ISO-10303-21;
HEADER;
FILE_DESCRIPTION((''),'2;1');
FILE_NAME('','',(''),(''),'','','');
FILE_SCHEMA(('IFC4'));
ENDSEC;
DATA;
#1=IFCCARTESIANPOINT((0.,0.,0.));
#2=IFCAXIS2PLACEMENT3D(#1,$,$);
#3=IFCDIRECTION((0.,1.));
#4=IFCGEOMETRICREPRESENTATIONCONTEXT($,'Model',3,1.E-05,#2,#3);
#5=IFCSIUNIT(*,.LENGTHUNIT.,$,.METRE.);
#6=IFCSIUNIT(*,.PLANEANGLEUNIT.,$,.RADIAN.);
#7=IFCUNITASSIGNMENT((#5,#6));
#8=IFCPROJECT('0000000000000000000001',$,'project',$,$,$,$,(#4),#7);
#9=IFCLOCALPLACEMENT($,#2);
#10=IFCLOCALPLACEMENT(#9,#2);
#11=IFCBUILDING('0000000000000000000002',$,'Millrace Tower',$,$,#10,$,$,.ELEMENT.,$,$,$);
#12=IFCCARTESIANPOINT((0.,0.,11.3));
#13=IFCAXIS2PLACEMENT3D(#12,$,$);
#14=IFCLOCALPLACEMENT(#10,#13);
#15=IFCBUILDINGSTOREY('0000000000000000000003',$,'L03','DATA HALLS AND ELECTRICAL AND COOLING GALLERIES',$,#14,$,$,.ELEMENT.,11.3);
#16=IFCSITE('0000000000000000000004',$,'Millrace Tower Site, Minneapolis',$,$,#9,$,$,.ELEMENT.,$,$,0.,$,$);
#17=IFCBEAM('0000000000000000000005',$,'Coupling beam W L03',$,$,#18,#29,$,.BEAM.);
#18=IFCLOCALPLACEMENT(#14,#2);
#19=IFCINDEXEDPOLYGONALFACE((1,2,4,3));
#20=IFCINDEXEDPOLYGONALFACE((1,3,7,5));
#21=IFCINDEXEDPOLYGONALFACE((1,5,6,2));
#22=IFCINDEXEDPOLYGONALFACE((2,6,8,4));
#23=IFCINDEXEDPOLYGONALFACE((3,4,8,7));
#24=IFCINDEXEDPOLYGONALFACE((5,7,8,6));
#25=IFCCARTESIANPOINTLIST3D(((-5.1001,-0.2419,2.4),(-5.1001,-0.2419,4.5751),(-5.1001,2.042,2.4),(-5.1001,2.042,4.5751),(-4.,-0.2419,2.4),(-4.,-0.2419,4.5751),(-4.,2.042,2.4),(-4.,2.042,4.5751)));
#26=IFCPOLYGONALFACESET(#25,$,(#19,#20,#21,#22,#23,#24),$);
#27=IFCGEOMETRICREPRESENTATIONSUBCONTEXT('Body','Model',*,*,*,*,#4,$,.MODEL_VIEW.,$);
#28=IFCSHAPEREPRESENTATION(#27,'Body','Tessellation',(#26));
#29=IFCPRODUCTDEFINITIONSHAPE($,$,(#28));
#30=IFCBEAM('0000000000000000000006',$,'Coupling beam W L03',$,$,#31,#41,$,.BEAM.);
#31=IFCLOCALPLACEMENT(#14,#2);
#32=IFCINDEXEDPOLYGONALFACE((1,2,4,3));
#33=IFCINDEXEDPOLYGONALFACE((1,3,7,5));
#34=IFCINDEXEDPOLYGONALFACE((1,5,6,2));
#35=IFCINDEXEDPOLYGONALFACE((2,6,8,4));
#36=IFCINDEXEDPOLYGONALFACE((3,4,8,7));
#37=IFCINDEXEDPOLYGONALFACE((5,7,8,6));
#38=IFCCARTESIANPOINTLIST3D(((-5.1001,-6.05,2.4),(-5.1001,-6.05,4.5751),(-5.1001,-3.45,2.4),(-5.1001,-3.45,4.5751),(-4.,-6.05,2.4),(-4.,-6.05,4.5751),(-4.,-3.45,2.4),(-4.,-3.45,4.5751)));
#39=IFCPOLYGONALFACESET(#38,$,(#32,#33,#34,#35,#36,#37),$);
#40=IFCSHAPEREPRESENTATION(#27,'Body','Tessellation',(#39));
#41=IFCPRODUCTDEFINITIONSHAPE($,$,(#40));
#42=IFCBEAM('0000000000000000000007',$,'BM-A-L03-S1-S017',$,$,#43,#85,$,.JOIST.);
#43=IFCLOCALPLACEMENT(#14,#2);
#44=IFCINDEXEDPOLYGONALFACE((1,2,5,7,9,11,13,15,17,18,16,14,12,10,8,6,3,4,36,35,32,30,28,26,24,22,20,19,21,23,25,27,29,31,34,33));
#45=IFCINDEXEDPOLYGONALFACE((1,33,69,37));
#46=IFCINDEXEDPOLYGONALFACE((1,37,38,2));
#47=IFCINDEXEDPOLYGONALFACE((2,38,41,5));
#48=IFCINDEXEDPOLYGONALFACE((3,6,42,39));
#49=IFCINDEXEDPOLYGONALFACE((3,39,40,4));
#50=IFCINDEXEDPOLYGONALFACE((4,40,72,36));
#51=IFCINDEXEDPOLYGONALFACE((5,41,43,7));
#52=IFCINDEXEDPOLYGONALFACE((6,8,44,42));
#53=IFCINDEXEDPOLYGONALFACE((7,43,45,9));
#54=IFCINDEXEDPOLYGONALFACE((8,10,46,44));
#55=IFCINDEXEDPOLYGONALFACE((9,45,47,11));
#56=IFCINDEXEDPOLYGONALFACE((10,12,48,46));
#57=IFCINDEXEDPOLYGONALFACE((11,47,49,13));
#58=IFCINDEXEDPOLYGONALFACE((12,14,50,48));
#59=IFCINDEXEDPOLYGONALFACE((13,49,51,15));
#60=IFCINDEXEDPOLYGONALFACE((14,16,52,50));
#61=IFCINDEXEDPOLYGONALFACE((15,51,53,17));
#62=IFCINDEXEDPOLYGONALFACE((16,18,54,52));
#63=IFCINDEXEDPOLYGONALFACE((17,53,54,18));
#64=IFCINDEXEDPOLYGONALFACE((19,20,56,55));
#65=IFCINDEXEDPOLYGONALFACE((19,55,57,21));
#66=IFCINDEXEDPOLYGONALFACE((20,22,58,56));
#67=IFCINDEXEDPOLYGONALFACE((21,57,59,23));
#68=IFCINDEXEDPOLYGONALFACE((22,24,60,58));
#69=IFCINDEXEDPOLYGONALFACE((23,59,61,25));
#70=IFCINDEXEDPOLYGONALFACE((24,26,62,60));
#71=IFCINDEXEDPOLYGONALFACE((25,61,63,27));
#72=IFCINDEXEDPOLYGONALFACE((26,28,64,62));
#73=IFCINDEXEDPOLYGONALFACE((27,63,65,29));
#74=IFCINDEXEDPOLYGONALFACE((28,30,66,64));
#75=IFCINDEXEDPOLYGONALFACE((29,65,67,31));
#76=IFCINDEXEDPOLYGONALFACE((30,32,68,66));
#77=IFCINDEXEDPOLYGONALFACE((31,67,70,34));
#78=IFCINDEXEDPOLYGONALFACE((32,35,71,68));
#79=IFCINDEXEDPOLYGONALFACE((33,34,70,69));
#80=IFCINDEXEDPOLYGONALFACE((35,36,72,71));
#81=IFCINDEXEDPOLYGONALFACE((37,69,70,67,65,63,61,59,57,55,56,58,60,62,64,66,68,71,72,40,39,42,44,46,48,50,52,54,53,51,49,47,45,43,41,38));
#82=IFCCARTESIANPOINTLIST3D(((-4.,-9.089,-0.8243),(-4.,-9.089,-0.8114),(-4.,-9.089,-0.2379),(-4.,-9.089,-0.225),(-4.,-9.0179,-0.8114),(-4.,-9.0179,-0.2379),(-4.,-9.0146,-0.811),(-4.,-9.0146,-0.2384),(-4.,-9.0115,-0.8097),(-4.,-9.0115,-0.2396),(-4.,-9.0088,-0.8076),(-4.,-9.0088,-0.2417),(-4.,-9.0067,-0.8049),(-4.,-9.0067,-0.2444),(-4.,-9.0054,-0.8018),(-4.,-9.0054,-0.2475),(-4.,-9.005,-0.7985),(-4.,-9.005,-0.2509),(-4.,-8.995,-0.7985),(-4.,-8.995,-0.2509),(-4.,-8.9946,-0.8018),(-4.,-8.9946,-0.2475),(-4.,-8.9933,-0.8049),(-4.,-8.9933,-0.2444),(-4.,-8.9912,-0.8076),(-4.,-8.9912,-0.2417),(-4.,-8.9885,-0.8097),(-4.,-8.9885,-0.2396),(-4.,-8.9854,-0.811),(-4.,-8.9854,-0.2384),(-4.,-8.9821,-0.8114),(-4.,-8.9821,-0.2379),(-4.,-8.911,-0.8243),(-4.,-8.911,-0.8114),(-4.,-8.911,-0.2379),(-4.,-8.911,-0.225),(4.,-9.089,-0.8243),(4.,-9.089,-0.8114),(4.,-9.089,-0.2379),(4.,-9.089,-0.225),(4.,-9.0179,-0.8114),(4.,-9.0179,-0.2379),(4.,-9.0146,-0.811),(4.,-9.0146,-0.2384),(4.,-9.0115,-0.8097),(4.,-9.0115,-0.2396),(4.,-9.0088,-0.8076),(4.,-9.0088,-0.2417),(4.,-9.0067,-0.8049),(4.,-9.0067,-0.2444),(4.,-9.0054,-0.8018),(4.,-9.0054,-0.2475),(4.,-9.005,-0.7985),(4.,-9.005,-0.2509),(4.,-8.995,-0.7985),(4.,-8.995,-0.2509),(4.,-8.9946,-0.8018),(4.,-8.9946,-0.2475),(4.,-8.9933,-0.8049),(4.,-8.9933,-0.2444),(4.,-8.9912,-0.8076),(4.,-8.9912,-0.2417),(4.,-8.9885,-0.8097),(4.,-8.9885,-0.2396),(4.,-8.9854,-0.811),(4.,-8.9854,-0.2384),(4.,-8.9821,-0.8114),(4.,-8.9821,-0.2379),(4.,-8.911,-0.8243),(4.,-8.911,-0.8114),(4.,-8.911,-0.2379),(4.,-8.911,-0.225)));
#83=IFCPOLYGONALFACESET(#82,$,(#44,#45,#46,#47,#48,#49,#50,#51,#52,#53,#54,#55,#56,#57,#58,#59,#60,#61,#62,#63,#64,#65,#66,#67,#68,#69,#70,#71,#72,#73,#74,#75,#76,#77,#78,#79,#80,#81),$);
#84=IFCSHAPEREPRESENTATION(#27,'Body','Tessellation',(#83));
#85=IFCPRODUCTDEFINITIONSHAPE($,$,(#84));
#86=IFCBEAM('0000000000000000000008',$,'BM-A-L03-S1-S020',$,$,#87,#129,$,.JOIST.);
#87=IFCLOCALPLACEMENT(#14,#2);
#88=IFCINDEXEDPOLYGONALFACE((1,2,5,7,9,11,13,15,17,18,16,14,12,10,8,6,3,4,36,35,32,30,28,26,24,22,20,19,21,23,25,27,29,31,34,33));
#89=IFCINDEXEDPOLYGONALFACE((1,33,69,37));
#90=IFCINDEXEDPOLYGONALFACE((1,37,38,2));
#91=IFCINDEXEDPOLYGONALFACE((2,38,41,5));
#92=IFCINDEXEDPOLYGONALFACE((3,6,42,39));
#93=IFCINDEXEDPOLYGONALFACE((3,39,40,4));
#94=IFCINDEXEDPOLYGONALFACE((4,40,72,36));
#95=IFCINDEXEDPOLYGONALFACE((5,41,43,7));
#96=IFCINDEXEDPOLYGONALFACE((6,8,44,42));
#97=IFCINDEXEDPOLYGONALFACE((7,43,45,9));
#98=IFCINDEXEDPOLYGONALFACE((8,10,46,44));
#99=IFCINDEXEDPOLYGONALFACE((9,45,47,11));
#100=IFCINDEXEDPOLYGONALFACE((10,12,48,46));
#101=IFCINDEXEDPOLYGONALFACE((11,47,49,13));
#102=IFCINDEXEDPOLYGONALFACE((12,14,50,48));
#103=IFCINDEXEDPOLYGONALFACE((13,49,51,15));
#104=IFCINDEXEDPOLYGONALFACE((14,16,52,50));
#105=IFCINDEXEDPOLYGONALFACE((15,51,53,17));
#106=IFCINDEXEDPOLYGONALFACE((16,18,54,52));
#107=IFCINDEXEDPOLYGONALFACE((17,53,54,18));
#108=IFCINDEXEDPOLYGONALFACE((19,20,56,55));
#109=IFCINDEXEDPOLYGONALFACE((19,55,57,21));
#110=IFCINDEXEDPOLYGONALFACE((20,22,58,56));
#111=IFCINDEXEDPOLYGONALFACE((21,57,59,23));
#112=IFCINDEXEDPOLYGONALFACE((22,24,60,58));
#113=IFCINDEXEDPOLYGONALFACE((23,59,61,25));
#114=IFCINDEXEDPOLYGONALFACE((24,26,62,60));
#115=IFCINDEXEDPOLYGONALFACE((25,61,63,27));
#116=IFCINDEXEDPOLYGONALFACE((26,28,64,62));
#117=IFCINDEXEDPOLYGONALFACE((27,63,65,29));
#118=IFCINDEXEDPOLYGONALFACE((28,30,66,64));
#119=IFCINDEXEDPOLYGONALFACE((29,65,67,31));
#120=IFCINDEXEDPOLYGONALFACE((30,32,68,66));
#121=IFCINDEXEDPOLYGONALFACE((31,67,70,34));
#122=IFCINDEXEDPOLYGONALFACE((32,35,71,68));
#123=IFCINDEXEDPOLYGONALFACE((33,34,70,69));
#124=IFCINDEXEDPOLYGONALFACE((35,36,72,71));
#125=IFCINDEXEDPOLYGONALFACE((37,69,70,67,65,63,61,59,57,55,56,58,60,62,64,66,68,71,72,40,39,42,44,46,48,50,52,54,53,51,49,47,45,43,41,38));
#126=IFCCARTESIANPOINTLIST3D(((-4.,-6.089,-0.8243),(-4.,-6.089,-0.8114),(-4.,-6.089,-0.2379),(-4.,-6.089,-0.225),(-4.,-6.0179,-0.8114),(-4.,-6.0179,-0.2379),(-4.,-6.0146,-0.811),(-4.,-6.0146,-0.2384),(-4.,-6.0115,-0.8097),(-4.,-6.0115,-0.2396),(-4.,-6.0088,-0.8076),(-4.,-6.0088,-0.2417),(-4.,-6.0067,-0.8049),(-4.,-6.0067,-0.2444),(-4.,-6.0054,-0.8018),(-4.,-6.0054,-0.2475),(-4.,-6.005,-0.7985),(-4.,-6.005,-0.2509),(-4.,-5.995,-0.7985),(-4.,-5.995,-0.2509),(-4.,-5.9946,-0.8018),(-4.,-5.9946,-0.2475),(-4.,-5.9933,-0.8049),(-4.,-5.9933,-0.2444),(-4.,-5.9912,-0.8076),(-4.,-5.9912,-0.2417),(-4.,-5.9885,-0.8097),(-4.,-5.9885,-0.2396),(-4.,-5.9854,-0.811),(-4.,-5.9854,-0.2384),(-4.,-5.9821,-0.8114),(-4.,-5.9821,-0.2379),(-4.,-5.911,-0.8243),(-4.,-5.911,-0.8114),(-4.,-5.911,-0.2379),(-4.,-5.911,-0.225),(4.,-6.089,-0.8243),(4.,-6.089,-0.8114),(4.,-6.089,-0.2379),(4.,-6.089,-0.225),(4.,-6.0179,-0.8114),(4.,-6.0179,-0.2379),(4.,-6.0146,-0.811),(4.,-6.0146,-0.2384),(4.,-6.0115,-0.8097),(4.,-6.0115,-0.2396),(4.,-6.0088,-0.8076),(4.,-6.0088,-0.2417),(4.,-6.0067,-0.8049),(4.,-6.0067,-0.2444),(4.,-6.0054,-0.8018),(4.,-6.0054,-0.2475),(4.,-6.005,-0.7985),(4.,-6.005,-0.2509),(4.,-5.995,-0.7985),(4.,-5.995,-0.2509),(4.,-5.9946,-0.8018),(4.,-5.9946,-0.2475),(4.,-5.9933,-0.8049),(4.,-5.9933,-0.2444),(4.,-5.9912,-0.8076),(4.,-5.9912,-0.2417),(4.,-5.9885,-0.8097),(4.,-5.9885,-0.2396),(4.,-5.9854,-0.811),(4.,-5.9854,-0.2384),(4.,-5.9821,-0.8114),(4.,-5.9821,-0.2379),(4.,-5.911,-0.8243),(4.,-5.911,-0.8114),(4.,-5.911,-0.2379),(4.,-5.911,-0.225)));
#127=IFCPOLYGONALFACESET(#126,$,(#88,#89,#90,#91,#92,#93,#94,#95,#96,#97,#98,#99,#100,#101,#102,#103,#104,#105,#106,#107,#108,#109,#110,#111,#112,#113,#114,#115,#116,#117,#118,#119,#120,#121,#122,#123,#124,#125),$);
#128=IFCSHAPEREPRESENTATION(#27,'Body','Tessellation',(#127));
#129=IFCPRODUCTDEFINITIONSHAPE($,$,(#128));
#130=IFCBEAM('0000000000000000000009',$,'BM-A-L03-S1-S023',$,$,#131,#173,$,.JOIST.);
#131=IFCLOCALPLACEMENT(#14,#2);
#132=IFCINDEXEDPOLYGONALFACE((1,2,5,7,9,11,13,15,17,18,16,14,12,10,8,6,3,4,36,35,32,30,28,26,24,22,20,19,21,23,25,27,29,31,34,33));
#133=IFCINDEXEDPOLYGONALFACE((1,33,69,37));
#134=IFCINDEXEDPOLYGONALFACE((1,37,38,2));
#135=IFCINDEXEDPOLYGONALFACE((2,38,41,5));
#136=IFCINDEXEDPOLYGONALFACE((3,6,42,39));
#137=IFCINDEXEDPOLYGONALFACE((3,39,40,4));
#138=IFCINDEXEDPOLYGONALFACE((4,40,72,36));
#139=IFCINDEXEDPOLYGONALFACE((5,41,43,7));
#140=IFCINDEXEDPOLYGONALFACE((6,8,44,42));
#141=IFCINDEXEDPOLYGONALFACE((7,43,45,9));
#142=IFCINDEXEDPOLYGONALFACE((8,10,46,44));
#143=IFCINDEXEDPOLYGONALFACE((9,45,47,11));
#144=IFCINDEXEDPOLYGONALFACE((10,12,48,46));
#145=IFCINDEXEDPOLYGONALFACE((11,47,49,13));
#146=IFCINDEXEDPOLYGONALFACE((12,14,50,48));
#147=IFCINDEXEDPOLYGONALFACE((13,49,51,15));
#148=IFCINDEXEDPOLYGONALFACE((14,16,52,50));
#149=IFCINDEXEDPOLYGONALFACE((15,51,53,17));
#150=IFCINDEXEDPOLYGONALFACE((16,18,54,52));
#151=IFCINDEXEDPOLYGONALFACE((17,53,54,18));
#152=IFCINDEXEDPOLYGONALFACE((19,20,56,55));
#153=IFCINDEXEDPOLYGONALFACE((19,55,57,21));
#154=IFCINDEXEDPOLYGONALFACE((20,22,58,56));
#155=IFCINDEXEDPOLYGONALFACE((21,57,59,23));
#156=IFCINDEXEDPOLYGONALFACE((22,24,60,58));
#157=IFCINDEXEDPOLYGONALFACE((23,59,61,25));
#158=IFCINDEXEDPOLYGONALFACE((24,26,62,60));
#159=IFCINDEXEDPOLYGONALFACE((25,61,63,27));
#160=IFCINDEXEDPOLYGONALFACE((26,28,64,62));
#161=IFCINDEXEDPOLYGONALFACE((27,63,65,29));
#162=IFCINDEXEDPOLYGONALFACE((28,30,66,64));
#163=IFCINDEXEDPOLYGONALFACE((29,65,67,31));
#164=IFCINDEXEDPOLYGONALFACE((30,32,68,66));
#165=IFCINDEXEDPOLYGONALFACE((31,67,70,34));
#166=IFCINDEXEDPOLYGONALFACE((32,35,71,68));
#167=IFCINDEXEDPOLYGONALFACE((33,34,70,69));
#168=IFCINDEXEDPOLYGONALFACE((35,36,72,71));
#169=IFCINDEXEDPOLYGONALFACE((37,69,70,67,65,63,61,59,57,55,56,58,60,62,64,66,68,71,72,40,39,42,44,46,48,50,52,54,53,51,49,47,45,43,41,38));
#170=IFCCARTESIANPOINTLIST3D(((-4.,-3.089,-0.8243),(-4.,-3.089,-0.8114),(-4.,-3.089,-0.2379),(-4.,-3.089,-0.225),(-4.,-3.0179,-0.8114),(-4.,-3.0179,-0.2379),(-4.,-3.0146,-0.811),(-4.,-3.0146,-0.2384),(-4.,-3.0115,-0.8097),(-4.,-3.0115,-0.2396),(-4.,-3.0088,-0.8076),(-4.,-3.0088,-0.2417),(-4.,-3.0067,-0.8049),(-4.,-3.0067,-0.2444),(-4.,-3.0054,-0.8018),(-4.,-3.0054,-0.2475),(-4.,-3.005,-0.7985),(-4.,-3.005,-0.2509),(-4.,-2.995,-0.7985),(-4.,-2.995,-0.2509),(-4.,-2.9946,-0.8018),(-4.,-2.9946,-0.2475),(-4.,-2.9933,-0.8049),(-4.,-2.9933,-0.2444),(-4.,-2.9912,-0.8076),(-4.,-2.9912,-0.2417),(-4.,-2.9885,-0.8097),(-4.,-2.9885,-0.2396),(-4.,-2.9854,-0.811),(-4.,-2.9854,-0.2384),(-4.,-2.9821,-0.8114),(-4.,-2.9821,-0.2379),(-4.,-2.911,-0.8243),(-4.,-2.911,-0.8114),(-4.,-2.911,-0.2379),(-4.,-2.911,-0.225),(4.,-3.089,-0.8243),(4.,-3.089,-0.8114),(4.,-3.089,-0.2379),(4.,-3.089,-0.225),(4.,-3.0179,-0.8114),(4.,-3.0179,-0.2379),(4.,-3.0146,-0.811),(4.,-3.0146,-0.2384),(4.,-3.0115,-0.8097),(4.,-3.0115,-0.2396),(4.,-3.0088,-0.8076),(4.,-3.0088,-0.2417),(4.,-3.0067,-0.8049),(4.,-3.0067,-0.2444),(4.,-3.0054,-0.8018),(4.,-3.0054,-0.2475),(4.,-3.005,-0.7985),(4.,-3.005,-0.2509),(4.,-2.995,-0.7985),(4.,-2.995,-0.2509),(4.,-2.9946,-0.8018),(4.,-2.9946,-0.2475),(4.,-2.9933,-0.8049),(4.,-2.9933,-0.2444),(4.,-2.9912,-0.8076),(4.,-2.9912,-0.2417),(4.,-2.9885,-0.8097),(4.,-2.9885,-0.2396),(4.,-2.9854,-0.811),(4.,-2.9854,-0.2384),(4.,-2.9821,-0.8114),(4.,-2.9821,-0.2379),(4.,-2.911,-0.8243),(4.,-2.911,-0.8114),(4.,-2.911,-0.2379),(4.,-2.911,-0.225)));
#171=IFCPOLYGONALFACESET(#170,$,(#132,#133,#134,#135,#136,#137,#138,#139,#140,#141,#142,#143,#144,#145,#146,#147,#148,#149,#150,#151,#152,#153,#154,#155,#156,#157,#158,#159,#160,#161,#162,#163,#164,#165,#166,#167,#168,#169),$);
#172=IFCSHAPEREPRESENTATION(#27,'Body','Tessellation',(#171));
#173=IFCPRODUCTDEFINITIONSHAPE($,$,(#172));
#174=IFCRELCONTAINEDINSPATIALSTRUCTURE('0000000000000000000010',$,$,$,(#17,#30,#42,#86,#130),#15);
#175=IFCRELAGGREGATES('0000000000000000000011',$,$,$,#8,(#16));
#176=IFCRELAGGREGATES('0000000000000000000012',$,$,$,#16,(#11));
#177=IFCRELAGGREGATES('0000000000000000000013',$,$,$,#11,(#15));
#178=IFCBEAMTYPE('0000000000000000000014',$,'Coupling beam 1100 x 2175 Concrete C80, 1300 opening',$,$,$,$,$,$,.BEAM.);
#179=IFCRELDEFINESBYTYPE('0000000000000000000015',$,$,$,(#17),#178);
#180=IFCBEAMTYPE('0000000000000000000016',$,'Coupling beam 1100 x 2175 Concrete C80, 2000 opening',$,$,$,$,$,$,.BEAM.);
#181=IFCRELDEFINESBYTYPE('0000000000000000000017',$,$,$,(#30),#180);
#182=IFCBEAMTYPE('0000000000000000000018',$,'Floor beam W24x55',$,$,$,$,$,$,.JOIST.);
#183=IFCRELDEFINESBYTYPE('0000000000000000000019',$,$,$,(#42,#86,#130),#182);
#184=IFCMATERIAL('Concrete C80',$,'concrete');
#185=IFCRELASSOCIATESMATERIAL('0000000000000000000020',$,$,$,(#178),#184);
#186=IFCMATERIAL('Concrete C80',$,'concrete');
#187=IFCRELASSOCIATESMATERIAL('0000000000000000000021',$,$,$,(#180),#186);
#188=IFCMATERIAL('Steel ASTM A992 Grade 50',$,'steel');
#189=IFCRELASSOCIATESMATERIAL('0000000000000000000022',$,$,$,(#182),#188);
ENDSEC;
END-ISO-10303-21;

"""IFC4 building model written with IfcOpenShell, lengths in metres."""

from ifc_helpers import new_model, si_unit, direction, frame, origin, origin_2d, place, context, subcontext, project, spatial, rectangle, i_section, extrude, material, material_profile, profile_set, type_object, element, save


model = new_model("IFC4")

# Units and contexts
model_context = context("Model", 3, precision=1e-05, world=origin(), true_north=direction((0.0, 1.0)))
body_context = subcontext(model_context, "Body", "Model", "MODEL_VIEW")
ifc_project = project(units=[si_unit("LENGTHUNIT", "METRE"), si_unit("PLANEANGLEUNIT", "RADIAN")], contexts=[model_context])

# Site, building, storey
site_placement = place(None, origin())
site = spatial("IfcSite", under=ifc_project, at=site_placement, Name="Millrace Tower Site, Minneapolis", CompositionType="ELEMENT", RefElevation=0.0)
building_placement = place(site_placement, origin())
building = spatial("IfcBuilding", under=site, at=building_placement, Name="Millrace Tower", CompositionType="ELEMENT")
storey_placement = place(building_placement, frame((0.0, 0.0, 11.3)))
storey = spatial("IfcBuildingStorey", under=building, at=storey_placement, Name="L03", Description="DATA HALLS AND ELECTRICAL AND COOLING GALLERIES", CompositionType="ELEMENT", Elevation=11.3)

# Beams
ifc_material_1 = material(Name="Concrete C80", Category="concrete")
ifc_material_profile_1 = material_profile(ifc_material_1, rectangle(XDim=1.1001, YDim=2.175, at=origin_2d()))
ifc_profile_set_1 = profile_set([ifc_material_profile_1], Name="Concrete C80")
beam_type_1 = type_object("IfcBeamType", Name="Coupling beam 1100 x 2175 Concrete C80, 1300 opening", PredefinedType="BEAM", material=ifc_profile_set_1)
beam_1_placement = place(storey_placement, frame((-4.55, -0.2419, 3.4875), z_axis=(0.0, 1.0, 0.0), x_axis=(-1.0, 0.0, 0.0)))
element("IfcBeam", 1, at=beam_1_placement, inside=storey, type_object=beam_type_1, Name="Coupling beam W L03", PredefinedType="BEAM", context=body_context, shape_type="SweptSolid", body=[
    extrude(rectangle(XDim=1.1001, YDim=2.175, at=origin_2d()), origin(), (0.0, 0.0, 1.0), 2.2839),
])
ifc_material_2 = material(Name="Concrete C80", Category="concrete")
ifc_material_profile_2 = material_profile(ifc_material_2, rectangle(XDim=1.1001, YDim=2.175, at=origin_2d()))
ifc_profile_set_2 = profile_set([ifc_material_profile_2], Name="Concrete C80")
beam_type_2 = type_object("IfcBeamType", Name="Coupling beam 1100 x 2175 Concrete C80, 2000 opening", PredefinedType="BEAM", material=ifc_profile_set_2)
beam_2_placement = place(storey_placement, frame((-4.55, -6.05, 3.4875), z_axis=(0.0, 1.0, 0.0), x_axis=(-1.0, 0.0, 0.0)))
element("IfcBeam", 2, at=beam_2_placement, inside=storey, type_object=beam_type_2, Name="Coupling beam W L03", PredefinedType="BEAM", context=body_context, shape_type="SweptSolid", body=[
    extrude(rectangle(XDim=1.1001, YDim=2.175, at=origin_2d()), origin(), (0.0, 0.0, 1.0), 2.6001),
])
ifc_material_3 = material(Name="Steel ASTM A992 Grade 50", Category="steel")
ifc_material_profile_3 = material_profile(ifc_material_3, i_section(OverallWidth=0.178, OverallDepth=0.5994, WebThickness=0.01, FlangeThickness=0.0129, FilletRadius=0.0129, at=origin_2d()))
ifc_profile_set_3 = profile_set([ifc_material_profile_3], Name="Steel ASTM A992 Grade 50")
beam_type_3 = type_object("IfcBeamType", Name="Floor beam W24x55", PredefinedType="JOIST", material=ifc_profile_set_3)
for number, where, z_axis, x_axis, name in (
    (3, (-4.0, -9.0, -0.5247), (1.0, 0.0, 0.0), (0.0, 1.0, 0.0), "BM-A-L03-S1-S017"),
    (4, (-4.0, -6.0, -0.5247), (1.0, 0.0, 0.0), (0.0, 1.0, 0.0), "BM-A-L03-S1-S020"),
    (5, (-4.0, -3.0, -0.5247), (1.0, 0.0, 0.0), (0.0, 1.0, 0.0), "BM-A-L03-S1-S023"),
):
    element("IfcBeam", number, at=place(storey_placement, frame(where, z_axis=z_axis, x_axis=x_axis)), inside=storey, type_object=beam_type_3, Name=name, PredefinedType="JOIST", context=body_context, shape_type="SweptSolid", body=[
        extrude(i_section(OverallWidth=0.178, OverallDepth=0.5994, WebThickness=0.01, FlangeThickness=0.0129, FilletRadius=0.0129, at=origin_2d()), origin(), (0.0, 0.0, 1.0), 8.0),
    ])

save(model, "model.ifc")
